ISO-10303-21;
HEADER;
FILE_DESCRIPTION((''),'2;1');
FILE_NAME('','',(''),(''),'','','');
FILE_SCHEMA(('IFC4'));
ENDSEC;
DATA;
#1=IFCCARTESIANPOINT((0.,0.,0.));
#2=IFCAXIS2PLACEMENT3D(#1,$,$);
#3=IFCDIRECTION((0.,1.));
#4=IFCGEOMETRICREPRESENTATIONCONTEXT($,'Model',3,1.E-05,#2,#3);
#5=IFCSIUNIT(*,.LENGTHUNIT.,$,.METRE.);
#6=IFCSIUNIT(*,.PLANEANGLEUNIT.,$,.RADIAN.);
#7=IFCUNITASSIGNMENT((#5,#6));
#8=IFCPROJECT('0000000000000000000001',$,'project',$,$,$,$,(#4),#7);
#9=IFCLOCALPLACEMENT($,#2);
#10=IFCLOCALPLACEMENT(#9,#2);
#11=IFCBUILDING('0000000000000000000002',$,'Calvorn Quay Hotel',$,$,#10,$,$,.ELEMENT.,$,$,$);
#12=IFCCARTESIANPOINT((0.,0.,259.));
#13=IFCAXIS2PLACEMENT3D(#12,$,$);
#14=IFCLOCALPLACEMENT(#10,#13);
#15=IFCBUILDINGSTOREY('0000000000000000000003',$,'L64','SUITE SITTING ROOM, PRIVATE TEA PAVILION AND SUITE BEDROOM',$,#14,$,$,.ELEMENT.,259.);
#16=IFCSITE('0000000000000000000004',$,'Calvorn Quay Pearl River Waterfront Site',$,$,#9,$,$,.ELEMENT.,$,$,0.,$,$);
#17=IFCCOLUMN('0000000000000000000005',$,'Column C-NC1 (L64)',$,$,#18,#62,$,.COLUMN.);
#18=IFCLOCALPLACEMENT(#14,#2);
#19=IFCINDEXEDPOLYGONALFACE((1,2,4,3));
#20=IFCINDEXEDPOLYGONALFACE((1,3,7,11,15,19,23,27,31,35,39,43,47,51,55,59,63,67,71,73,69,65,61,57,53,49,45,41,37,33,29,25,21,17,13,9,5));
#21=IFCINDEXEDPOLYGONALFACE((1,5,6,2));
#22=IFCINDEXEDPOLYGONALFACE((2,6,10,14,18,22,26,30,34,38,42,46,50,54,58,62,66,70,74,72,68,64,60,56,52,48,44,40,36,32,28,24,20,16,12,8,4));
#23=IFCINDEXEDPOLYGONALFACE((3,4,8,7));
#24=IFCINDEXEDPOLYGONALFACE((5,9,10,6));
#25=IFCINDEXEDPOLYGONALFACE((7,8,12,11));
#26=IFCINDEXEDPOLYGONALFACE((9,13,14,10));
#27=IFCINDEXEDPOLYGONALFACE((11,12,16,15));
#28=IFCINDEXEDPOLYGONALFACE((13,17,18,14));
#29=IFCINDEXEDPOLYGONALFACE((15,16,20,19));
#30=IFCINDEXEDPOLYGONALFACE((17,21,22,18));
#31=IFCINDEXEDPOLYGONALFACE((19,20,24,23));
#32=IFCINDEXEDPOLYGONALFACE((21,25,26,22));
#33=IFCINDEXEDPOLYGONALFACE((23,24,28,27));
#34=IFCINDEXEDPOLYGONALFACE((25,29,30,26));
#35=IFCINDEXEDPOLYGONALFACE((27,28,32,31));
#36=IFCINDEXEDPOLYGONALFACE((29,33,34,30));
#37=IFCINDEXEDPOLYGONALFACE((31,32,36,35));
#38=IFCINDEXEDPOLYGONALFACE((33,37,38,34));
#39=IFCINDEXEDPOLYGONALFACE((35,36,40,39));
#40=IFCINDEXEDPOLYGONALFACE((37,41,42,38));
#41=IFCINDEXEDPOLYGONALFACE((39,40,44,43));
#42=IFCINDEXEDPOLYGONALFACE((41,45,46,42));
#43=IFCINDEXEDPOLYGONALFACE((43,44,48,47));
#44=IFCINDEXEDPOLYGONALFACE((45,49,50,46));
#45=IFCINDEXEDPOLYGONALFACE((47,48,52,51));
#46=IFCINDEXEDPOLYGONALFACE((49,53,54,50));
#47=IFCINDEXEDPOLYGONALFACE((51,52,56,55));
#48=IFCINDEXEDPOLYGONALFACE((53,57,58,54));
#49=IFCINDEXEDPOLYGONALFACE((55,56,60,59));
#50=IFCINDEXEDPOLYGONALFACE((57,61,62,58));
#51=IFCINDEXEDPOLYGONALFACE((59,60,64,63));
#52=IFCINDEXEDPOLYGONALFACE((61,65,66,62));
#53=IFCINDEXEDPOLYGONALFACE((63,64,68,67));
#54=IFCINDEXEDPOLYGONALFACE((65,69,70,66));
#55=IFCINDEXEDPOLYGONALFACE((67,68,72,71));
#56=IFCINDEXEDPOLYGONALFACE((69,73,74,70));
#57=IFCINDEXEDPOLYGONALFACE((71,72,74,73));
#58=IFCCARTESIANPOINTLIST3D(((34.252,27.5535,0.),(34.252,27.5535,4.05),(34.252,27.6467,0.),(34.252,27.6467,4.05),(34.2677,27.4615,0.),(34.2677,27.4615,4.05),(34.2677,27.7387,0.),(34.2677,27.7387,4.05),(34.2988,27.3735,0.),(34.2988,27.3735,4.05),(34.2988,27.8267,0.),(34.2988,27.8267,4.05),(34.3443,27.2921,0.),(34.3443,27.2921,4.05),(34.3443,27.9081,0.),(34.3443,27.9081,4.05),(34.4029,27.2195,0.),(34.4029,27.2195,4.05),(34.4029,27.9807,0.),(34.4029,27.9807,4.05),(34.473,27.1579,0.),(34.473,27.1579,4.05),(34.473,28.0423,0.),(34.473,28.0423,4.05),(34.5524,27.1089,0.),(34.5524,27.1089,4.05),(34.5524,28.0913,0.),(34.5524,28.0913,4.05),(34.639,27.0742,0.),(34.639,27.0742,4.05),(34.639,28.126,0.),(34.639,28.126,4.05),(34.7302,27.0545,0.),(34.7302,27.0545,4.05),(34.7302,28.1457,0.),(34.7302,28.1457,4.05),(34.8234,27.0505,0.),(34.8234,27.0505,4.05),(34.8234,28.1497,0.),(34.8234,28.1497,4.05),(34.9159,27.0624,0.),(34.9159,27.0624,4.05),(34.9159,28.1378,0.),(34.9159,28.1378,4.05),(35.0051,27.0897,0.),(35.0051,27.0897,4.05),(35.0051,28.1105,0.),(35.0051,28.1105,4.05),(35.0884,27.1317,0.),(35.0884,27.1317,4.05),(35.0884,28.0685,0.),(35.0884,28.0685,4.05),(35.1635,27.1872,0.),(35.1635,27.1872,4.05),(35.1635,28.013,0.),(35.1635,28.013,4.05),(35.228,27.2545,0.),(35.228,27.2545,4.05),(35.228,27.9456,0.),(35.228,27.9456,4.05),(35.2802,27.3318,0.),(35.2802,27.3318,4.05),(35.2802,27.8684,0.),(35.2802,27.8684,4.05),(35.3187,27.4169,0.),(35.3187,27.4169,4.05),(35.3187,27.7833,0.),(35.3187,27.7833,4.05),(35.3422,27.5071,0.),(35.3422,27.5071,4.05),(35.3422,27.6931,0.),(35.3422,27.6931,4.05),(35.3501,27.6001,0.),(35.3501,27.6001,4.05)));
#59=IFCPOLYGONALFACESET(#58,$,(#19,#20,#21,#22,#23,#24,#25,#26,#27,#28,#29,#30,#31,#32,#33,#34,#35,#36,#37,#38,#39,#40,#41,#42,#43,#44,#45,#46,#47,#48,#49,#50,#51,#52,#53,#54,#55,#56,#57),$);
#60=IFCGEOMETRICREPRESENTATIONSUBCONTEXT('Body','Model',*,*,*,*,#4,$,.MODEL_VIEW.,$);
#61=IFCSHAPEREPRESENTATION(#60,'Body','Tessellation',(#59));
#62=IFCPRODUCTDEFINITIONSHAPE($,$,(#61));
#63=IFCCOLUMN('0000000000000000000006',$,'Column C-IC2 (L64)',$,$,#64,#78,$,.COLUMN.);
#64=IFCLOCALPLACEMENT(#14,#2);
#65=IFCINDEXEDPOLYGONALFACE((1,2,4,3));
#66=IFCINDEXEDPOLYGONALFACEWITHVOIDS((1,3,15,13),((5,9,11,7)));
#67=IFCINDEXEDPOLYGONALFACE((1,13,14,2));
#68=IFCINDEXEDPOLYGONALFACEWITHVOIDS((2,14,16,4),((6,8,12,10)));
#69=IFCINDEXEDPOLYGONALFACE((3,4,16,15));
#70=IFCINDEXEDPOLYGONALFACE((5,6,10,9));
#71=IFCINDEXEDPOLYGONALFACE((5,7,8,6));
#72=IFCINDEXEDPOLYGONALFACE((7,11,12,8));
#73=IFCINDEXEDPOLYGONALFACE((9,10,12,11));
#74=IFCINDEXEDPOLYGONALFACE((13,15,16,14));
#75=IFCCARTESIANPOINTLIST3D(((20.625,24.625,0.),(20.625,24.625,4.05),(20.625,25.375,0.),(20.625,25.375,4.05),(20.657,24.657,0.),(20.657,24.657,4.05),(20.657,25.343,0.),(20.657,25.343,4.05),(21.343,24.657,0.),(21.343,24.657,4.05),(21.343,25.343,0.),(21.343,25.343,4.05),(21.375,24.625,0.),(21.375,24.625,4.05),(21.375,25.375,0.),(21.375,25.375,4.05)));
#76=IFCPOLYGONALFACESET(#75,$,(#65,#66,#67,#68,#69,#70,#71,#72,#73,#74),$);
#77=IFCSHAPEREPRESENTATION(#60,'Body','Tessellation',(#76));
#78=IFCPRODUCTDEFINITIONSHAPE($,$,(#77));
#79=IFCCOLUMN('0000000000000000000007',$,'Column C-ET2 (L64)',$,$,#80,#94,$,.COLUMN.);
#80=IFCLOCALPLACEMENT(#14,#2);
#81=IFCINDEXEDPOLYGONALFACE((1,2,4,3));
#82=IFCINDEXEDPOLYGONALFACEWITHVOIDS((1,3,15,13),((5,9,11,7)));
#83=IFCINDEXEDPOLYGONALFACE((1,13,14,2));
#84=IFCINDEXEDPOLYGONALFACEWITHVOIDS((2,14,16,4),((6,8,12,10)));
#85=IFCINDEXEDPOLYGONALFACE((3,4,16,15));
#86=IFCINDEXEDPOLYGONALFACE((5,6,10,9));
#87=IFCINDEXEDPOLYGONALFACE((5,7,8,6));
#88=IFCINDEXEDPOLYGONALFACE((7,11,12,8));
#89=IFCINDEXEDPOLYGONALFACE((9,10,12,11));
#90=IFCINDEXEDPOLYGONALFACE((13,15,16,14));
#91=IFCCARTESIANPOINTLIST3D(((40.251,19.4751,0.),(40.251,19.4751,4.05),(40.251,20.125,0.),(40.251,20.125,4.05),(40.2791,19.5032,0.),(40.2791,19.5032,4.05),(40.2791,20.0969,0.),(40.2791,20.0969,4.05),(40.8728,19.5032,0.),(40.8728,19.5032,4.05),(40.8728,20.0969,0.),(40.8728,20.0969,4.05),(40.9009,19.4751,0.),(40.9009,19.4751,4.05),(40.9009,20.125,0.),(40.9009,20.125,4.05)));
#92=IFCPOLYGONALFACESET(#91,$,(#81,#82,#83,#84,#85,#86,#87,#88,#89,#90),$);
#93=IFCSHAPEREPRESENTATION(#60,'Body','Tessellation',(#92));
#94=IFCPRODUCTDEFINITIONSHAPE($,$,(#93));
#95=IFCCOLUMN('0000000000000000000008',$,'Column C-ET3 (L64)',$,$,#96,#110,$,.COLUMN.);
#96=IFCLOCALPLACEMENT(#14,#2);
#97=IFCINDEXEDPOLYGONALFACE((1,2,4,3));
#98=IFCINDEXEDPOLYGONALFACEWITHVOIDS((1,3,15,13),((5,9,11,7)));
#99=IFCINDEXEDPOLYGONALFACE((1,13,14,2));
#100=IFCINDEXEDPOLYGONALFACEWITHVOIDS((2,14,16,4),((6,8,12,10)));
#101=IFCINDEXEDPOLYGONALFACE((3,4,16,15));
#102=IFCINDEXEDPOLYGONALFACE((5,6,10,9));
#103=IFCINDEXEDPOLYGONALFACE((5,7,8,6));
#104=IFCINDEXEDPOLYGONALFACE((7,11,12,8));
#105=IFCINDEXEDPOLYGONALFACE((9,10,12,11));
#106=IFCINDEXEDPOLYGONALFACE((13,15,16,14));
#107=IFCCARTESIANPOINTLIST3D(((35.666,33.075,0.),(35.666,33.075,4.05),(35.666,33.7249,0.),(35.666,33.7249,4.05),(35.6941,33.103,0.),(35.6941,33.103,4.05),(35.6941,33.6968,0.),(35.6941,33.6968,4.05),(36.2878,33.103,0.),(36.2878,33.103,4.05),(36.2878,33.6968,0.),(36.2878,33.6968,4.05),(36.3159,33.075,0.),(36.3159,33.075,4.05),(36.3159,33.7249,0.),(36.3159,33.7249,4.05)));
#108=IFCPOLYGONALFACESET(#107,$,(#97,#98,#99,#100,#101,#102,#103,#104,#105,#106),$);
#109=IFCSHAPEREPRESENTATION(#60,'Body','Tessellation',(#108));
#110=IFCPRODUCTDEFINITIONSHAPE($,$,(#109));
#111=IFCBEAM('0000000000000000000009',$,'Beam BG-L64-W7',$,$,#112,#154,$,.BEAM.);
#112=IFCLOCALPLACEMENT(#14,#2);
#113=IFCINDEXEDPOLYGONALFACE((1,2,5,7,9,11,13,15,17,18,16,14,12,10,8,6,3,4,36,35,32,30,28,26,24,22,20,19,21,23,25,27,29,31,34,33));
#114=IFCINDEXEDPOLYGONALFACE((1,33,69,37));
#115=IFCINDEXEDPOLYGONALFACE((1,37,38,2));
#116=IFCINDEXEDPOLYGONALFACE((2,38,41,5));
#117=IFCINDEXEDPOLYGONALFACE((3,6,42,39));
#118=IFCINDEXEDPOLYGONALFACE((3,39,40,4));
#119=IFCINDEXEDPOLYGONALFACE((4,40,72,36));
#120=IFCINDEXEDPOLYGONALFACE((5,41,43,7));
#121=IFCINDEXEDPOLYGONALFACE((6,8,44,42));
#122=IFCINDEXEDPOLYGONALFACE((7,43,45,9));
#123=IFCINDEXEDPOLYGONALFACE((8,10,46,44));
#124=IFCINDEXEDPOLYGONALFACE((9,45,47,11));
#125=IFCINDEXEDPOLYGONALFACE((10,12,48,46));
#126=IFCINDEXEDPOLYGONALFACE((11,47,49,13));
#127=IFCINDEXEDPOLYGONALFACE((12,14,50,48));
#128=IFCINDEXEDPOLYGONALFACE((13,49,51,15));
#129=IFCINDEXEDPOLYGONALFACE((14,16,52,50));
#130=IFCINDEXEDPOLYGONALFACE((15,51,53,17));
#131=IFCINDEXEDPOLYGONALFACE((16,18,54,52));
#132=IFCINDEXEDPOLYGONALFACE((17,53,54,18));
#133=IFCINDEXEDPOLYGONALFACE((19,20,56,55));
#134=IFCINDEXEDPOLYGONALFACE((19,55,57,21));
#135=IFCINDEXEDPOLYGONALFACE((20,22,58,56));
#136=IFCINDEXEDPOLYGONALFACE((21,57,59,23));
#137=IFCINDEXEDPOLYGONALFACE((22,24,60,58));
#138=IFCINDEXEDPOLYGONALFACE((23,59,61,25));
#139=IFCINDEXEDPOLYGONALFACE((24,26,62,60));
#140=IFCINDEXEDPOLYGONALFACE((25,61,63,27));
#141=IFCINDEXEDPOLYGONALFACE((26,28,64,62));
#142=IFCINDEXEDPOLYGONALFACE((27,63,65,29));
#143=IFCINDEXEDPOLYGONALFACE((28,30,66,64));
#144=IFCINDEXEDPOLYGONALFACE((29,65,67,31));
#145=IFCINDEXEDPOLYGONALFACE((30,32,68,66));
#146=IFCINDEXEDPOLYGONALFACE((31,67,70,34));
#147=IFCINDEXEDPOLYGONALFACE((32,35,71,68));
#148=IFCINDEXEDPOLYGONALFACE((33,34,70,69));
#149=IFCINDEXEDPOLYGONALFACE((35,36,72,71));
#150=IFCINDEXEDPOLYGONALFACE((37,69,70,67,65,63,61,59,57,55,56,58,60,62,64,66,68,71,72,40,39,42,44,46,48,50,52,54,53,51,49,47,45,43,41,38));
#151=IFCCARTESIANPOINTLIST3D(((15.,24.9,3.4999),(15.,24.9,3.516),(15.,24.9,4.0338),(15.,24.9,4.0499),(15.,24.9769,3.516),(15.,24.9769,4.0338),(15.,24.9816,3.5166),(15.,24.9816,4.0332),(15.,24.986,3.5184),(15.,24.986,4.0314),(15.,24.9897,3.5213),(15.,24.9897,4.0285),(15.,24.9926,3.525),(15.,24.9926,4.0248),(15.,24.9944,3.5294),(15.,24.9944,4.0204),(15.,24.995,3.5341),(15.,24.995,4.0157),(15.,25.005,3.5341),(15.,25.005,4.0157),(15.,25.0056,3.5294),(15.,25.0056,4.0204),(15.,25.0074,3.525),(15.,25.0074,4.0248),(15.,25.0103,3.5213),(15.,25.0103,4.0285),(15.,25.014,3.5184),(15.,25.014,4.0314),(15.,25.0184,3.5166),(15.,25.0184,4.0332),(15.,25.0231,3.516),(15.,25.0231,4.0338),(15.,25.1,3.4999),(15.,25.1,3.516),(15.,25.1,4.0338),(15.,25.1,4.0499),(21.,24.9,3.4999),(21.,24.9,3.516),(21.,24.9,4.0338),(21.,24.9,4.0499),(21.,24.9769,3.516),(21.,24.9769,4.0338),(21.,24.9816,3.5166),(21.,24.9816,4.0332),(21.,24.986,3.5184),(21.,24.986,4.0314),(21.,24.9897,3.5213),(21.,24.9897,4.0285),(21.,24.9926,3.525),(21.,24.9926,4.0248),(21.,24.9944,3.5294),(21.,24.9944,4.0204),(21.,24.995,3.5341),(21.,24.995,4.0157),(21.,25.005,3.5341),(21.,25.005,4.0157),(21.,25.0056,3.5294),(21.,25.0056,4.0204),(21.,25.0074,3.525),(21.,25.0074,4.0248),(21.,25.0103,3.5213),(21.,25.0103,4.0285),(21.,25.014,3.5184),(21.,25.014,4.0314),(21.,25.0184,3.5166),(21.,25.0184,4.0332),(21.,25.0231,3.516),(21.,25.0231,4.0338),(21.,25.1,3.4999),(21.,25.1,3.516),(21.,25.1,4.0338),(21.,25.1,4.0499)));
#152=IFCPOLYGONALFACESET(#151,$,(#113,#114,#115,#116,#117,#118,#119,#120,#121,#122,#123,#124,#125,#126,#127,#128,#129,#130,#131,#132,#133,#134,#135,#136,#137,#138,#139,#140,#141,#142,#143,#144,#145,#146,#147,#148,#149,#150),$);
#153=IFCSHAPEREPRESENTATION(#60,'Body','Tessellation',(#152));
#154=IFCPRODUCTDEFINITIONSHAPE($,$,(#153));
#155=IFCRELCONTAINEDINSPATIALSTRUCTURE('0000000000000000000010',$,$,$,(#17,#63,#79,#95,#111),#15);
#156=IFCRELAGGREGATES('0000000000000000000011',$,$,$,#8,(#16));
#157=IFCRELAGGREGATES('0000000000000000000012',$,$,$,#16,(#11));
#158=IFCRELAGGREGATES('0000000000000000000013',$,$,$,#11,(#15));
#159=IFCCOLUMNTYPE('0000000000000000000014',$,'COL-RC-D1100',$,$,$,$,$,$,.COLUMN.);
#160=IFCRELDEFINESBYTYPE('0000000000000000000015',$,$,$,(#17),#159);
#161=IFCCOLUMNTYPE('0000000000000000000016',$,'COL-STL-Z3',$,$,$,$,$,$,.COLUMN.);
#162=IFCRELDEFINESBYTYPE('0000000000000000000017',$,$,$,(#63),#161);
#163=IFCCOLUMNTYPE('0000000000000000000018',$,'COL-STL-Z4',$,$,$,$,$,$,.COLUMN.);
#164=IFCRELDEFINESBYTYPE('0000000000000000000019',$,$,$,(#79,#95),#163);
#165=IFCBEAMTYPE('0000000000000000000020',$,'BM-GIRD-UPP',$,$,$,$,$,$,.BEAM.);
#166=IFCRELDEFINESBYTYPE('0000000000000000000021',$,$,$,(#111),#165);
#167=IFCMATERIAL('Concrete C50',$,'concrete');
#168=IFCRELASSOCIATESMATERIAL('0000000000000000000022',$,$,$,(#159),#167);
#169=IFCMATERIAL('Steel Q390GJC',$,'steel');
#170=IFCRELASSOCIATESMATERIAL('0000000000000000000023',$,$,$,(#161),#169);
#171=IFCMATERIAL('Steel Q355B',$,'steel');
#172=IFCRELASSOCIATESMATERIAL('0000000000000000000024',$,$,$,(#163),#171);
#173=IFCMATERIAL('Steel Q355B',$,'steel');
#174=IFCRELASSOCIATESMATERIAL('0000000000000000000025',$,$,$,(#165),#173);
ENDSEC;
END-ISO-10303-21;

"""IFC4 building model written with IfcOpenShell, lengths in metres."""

from ifc_helpers import new_model, si_unit, direction, frame, origin, origin_2d, place, context, subcontext, project, spatial, hollow_rectangle, circle, i_section, extrude, material, material_profile, profile_set, type_object, element, save


model = new_model("IFC4")

# Units and contexts
model_context = context("Model", 3, precision=1e-05, world=origin(), true_north=direction((0.0, 1.0)))
body_context = subcontext(model_context, "Body", "Model", "MODEL_VIEW")
ifc_project = project(units=[si_unit("LENGTHUNIT", "METRE"), si_unit("PLANEANGLEUNIT", "RADIAN")], contexts=[model_context])

# Site, building, storey
site_placement = place(None, origin())
site = spatial("IfcSite", under=ifc_project, at=site_placement, Name="Calvorn Quay Pearl River Waterfront Site", CompositionType="ELEMENT", RefElevation=0.0)
building_placement = place(site_placement, origin())
building = spatial("IfcBuilding", under=site, at=building_placement, Name="Calvorn Quay Hotel", CompositionType="ELEMENT")
storey_placement = place(building_placement, frame((0.0, 0.0, 259.0)))
storey = spatial("IfcBuildingStorey", under=building, at=storey_placement, Name="L64", Description="SUITE SITTING ROOM, PRIVATE TEA PAVILION AND SUITE BEDROOM", CompositionType="ELEMENT", Elevation=259.0)

# Columns
ifc_material_1 = material(Name="Concrete C50", Category="concrete")
ifc_material_profile_1 = material_profile(ifc_material_1, circle(Radius=0.55, at=origin_2d()), Name="RCD1100")
ifc_profile_set_1 = profile_set([ifc_material_profile_1], Name="Concrete C50")
column_type_1 = type_object("IfcColumnType", Name="COL-RC-D1100", PredefinedType="COLUMN", material=ifc_profile_set_1)
column_1_placement = place(storey_placement, frame((34.8, 27.6001, 0.0), z_axis=(0.0, 0.0, 1.0), x_axis=(1.0, 0.0, 0.0)))
element("IfcColumn", 1, at=column_1_placement, inside=storey, type_object=column_type_1, Name="Column C-NC1 (L64)", PredefinedType="COLUMN", context=body_context, shape_type="SweptSolid", body=[
    extrude(circle(Radius=0.55, at=origin_2d()), origin(), (0.0, 0.0, 1.0), 4.05),
])
ifc_material_2 = material(Name="Steel Q390GJC", Category="steel")
ifc_material_profile_2 = material_profile(ifc_material_2, hollow_rectangle(XDim=0.75, YDim=0.75, WallThickness=0.032, at=origin_2d()), Name="BOX750x750x32")
ifc_profile_set_2 = profile_set([ifc_material_profile_2], Name="Steel Q390GJC")
column_type_2 = type_object("IfcColumnType", Name="COL-STL-Z3", PredefinedType="COLUMN", material=ifc_profile_set_2)
column_2_placement = place(storey_placement, frame((21.0, 25.0, 0.0), z_axis=(0.0, 0.0, 1.0), x_axis=(1.0, 0.0, 0.0)))
element("IfcColumn", 2, at=column_2_placement, inside=storey, type_object=column_type_2, Name="Column C-IC2 (L64)", PredefinedType="COLUMN", context=body_context, shape_type="SweptSolid", body=[
    extrude(hollow_rectangle(XDim=0.75, YDim=0.75, WallThickness=0.032, at=origin_2d()), origin(), (0.0, 0.0, 1.0), 4.05),
])
ifc_material_3 = material(Name="Steel Q355B", Category="steel")
ifc_material_profile_3 = material_profile(ifc_material_3, hollow_rectangle(XDim=0.6499, YDim=0.6499, WallThickness=0.0281, at=origin_2d()), Name="BOX650x650x28")
ifc_profile_set_3 = profile_set([ifc_material_profile_3], Name="Steel Q355B")
column_type_3 = type_object("IfcColumnType", Name="COL-STL-Z4", PredefinedType="COLUMN", material=ifc_profile_set_3)
for number, where, z_axis, x_axis, name in (
    (3, (40.5759, 19.8, 0.0), (0.0, 0.0, 1.0), (1.0, 0.0, 0.0), "Column C-ET2 (L64)"),
    (4, (35.991, 33.3999, 0.0), (0.0, 0.0, 1.0), (1.0, 0.0, 0.0), "Column C-ET3 (L64)"),
):
    element("IfcColumn", number, at=place(storey_placement, frame(where, z_axis=z_axis, x_axis=x_axis)), inside=storey, type_object=column_type_3, Name=name, PredefinedType="COLUMN", context=body_context, shape_type="SweptSolid", body=[
        extrude(hollow_rectangle(XDim=0.6499, YDim=0.6499, WallThickness=0.0281, at=origin_2d()), origin(), (0.0, 0.0, 1.0), 4.05),
    ])

# Beam
ifc_material_4 = material(Name="Steel Q355B", Category="steel")
ifc_material_profile_4 = material_profile(ifc_material_4, i_section(OverallWidth=0.2, OverallDepth=0.55, WebThickness=0.01, FlangeThickness=0.0161, FilletRadius=0.0181, at=origin_2d()), Name="HN550x200x10x16")
ifc_profile_set_4 = profile_set([ifc_material_profile_4], Name="Steel Q355B")
beam_type_1 = type_object("IfcBeamType", Name="BM-GIRD-UPP", PredefinedType="BEAM", material=ifc_profile_set_4)
beam_1_placement = place(storey_placement, frame((21.0, 25.0, 3.7749), z_axis=(-1.0, 0.0, 0.0), x_axis=(0.0, -1.0, 0.0)))
element("IfcBeam", 5, at=beam_1_placement, inside=storey, type_object=beam_type_1, Name="Beam BG-L64-W7", PredefinedType="BEAM", context=body_context, shape_type="SweptSolid", body=[
    extrude(i_section(OverallWidth=0.2, OverallDepth=0.55, WebThickness=0.01, FlangeThickness=0.0161, FilletRadius=0.0181, at=origin_2d()), origin(), (0.0, 0.0, 1.0), 6.0),
])

save(model, "model.ifc")
